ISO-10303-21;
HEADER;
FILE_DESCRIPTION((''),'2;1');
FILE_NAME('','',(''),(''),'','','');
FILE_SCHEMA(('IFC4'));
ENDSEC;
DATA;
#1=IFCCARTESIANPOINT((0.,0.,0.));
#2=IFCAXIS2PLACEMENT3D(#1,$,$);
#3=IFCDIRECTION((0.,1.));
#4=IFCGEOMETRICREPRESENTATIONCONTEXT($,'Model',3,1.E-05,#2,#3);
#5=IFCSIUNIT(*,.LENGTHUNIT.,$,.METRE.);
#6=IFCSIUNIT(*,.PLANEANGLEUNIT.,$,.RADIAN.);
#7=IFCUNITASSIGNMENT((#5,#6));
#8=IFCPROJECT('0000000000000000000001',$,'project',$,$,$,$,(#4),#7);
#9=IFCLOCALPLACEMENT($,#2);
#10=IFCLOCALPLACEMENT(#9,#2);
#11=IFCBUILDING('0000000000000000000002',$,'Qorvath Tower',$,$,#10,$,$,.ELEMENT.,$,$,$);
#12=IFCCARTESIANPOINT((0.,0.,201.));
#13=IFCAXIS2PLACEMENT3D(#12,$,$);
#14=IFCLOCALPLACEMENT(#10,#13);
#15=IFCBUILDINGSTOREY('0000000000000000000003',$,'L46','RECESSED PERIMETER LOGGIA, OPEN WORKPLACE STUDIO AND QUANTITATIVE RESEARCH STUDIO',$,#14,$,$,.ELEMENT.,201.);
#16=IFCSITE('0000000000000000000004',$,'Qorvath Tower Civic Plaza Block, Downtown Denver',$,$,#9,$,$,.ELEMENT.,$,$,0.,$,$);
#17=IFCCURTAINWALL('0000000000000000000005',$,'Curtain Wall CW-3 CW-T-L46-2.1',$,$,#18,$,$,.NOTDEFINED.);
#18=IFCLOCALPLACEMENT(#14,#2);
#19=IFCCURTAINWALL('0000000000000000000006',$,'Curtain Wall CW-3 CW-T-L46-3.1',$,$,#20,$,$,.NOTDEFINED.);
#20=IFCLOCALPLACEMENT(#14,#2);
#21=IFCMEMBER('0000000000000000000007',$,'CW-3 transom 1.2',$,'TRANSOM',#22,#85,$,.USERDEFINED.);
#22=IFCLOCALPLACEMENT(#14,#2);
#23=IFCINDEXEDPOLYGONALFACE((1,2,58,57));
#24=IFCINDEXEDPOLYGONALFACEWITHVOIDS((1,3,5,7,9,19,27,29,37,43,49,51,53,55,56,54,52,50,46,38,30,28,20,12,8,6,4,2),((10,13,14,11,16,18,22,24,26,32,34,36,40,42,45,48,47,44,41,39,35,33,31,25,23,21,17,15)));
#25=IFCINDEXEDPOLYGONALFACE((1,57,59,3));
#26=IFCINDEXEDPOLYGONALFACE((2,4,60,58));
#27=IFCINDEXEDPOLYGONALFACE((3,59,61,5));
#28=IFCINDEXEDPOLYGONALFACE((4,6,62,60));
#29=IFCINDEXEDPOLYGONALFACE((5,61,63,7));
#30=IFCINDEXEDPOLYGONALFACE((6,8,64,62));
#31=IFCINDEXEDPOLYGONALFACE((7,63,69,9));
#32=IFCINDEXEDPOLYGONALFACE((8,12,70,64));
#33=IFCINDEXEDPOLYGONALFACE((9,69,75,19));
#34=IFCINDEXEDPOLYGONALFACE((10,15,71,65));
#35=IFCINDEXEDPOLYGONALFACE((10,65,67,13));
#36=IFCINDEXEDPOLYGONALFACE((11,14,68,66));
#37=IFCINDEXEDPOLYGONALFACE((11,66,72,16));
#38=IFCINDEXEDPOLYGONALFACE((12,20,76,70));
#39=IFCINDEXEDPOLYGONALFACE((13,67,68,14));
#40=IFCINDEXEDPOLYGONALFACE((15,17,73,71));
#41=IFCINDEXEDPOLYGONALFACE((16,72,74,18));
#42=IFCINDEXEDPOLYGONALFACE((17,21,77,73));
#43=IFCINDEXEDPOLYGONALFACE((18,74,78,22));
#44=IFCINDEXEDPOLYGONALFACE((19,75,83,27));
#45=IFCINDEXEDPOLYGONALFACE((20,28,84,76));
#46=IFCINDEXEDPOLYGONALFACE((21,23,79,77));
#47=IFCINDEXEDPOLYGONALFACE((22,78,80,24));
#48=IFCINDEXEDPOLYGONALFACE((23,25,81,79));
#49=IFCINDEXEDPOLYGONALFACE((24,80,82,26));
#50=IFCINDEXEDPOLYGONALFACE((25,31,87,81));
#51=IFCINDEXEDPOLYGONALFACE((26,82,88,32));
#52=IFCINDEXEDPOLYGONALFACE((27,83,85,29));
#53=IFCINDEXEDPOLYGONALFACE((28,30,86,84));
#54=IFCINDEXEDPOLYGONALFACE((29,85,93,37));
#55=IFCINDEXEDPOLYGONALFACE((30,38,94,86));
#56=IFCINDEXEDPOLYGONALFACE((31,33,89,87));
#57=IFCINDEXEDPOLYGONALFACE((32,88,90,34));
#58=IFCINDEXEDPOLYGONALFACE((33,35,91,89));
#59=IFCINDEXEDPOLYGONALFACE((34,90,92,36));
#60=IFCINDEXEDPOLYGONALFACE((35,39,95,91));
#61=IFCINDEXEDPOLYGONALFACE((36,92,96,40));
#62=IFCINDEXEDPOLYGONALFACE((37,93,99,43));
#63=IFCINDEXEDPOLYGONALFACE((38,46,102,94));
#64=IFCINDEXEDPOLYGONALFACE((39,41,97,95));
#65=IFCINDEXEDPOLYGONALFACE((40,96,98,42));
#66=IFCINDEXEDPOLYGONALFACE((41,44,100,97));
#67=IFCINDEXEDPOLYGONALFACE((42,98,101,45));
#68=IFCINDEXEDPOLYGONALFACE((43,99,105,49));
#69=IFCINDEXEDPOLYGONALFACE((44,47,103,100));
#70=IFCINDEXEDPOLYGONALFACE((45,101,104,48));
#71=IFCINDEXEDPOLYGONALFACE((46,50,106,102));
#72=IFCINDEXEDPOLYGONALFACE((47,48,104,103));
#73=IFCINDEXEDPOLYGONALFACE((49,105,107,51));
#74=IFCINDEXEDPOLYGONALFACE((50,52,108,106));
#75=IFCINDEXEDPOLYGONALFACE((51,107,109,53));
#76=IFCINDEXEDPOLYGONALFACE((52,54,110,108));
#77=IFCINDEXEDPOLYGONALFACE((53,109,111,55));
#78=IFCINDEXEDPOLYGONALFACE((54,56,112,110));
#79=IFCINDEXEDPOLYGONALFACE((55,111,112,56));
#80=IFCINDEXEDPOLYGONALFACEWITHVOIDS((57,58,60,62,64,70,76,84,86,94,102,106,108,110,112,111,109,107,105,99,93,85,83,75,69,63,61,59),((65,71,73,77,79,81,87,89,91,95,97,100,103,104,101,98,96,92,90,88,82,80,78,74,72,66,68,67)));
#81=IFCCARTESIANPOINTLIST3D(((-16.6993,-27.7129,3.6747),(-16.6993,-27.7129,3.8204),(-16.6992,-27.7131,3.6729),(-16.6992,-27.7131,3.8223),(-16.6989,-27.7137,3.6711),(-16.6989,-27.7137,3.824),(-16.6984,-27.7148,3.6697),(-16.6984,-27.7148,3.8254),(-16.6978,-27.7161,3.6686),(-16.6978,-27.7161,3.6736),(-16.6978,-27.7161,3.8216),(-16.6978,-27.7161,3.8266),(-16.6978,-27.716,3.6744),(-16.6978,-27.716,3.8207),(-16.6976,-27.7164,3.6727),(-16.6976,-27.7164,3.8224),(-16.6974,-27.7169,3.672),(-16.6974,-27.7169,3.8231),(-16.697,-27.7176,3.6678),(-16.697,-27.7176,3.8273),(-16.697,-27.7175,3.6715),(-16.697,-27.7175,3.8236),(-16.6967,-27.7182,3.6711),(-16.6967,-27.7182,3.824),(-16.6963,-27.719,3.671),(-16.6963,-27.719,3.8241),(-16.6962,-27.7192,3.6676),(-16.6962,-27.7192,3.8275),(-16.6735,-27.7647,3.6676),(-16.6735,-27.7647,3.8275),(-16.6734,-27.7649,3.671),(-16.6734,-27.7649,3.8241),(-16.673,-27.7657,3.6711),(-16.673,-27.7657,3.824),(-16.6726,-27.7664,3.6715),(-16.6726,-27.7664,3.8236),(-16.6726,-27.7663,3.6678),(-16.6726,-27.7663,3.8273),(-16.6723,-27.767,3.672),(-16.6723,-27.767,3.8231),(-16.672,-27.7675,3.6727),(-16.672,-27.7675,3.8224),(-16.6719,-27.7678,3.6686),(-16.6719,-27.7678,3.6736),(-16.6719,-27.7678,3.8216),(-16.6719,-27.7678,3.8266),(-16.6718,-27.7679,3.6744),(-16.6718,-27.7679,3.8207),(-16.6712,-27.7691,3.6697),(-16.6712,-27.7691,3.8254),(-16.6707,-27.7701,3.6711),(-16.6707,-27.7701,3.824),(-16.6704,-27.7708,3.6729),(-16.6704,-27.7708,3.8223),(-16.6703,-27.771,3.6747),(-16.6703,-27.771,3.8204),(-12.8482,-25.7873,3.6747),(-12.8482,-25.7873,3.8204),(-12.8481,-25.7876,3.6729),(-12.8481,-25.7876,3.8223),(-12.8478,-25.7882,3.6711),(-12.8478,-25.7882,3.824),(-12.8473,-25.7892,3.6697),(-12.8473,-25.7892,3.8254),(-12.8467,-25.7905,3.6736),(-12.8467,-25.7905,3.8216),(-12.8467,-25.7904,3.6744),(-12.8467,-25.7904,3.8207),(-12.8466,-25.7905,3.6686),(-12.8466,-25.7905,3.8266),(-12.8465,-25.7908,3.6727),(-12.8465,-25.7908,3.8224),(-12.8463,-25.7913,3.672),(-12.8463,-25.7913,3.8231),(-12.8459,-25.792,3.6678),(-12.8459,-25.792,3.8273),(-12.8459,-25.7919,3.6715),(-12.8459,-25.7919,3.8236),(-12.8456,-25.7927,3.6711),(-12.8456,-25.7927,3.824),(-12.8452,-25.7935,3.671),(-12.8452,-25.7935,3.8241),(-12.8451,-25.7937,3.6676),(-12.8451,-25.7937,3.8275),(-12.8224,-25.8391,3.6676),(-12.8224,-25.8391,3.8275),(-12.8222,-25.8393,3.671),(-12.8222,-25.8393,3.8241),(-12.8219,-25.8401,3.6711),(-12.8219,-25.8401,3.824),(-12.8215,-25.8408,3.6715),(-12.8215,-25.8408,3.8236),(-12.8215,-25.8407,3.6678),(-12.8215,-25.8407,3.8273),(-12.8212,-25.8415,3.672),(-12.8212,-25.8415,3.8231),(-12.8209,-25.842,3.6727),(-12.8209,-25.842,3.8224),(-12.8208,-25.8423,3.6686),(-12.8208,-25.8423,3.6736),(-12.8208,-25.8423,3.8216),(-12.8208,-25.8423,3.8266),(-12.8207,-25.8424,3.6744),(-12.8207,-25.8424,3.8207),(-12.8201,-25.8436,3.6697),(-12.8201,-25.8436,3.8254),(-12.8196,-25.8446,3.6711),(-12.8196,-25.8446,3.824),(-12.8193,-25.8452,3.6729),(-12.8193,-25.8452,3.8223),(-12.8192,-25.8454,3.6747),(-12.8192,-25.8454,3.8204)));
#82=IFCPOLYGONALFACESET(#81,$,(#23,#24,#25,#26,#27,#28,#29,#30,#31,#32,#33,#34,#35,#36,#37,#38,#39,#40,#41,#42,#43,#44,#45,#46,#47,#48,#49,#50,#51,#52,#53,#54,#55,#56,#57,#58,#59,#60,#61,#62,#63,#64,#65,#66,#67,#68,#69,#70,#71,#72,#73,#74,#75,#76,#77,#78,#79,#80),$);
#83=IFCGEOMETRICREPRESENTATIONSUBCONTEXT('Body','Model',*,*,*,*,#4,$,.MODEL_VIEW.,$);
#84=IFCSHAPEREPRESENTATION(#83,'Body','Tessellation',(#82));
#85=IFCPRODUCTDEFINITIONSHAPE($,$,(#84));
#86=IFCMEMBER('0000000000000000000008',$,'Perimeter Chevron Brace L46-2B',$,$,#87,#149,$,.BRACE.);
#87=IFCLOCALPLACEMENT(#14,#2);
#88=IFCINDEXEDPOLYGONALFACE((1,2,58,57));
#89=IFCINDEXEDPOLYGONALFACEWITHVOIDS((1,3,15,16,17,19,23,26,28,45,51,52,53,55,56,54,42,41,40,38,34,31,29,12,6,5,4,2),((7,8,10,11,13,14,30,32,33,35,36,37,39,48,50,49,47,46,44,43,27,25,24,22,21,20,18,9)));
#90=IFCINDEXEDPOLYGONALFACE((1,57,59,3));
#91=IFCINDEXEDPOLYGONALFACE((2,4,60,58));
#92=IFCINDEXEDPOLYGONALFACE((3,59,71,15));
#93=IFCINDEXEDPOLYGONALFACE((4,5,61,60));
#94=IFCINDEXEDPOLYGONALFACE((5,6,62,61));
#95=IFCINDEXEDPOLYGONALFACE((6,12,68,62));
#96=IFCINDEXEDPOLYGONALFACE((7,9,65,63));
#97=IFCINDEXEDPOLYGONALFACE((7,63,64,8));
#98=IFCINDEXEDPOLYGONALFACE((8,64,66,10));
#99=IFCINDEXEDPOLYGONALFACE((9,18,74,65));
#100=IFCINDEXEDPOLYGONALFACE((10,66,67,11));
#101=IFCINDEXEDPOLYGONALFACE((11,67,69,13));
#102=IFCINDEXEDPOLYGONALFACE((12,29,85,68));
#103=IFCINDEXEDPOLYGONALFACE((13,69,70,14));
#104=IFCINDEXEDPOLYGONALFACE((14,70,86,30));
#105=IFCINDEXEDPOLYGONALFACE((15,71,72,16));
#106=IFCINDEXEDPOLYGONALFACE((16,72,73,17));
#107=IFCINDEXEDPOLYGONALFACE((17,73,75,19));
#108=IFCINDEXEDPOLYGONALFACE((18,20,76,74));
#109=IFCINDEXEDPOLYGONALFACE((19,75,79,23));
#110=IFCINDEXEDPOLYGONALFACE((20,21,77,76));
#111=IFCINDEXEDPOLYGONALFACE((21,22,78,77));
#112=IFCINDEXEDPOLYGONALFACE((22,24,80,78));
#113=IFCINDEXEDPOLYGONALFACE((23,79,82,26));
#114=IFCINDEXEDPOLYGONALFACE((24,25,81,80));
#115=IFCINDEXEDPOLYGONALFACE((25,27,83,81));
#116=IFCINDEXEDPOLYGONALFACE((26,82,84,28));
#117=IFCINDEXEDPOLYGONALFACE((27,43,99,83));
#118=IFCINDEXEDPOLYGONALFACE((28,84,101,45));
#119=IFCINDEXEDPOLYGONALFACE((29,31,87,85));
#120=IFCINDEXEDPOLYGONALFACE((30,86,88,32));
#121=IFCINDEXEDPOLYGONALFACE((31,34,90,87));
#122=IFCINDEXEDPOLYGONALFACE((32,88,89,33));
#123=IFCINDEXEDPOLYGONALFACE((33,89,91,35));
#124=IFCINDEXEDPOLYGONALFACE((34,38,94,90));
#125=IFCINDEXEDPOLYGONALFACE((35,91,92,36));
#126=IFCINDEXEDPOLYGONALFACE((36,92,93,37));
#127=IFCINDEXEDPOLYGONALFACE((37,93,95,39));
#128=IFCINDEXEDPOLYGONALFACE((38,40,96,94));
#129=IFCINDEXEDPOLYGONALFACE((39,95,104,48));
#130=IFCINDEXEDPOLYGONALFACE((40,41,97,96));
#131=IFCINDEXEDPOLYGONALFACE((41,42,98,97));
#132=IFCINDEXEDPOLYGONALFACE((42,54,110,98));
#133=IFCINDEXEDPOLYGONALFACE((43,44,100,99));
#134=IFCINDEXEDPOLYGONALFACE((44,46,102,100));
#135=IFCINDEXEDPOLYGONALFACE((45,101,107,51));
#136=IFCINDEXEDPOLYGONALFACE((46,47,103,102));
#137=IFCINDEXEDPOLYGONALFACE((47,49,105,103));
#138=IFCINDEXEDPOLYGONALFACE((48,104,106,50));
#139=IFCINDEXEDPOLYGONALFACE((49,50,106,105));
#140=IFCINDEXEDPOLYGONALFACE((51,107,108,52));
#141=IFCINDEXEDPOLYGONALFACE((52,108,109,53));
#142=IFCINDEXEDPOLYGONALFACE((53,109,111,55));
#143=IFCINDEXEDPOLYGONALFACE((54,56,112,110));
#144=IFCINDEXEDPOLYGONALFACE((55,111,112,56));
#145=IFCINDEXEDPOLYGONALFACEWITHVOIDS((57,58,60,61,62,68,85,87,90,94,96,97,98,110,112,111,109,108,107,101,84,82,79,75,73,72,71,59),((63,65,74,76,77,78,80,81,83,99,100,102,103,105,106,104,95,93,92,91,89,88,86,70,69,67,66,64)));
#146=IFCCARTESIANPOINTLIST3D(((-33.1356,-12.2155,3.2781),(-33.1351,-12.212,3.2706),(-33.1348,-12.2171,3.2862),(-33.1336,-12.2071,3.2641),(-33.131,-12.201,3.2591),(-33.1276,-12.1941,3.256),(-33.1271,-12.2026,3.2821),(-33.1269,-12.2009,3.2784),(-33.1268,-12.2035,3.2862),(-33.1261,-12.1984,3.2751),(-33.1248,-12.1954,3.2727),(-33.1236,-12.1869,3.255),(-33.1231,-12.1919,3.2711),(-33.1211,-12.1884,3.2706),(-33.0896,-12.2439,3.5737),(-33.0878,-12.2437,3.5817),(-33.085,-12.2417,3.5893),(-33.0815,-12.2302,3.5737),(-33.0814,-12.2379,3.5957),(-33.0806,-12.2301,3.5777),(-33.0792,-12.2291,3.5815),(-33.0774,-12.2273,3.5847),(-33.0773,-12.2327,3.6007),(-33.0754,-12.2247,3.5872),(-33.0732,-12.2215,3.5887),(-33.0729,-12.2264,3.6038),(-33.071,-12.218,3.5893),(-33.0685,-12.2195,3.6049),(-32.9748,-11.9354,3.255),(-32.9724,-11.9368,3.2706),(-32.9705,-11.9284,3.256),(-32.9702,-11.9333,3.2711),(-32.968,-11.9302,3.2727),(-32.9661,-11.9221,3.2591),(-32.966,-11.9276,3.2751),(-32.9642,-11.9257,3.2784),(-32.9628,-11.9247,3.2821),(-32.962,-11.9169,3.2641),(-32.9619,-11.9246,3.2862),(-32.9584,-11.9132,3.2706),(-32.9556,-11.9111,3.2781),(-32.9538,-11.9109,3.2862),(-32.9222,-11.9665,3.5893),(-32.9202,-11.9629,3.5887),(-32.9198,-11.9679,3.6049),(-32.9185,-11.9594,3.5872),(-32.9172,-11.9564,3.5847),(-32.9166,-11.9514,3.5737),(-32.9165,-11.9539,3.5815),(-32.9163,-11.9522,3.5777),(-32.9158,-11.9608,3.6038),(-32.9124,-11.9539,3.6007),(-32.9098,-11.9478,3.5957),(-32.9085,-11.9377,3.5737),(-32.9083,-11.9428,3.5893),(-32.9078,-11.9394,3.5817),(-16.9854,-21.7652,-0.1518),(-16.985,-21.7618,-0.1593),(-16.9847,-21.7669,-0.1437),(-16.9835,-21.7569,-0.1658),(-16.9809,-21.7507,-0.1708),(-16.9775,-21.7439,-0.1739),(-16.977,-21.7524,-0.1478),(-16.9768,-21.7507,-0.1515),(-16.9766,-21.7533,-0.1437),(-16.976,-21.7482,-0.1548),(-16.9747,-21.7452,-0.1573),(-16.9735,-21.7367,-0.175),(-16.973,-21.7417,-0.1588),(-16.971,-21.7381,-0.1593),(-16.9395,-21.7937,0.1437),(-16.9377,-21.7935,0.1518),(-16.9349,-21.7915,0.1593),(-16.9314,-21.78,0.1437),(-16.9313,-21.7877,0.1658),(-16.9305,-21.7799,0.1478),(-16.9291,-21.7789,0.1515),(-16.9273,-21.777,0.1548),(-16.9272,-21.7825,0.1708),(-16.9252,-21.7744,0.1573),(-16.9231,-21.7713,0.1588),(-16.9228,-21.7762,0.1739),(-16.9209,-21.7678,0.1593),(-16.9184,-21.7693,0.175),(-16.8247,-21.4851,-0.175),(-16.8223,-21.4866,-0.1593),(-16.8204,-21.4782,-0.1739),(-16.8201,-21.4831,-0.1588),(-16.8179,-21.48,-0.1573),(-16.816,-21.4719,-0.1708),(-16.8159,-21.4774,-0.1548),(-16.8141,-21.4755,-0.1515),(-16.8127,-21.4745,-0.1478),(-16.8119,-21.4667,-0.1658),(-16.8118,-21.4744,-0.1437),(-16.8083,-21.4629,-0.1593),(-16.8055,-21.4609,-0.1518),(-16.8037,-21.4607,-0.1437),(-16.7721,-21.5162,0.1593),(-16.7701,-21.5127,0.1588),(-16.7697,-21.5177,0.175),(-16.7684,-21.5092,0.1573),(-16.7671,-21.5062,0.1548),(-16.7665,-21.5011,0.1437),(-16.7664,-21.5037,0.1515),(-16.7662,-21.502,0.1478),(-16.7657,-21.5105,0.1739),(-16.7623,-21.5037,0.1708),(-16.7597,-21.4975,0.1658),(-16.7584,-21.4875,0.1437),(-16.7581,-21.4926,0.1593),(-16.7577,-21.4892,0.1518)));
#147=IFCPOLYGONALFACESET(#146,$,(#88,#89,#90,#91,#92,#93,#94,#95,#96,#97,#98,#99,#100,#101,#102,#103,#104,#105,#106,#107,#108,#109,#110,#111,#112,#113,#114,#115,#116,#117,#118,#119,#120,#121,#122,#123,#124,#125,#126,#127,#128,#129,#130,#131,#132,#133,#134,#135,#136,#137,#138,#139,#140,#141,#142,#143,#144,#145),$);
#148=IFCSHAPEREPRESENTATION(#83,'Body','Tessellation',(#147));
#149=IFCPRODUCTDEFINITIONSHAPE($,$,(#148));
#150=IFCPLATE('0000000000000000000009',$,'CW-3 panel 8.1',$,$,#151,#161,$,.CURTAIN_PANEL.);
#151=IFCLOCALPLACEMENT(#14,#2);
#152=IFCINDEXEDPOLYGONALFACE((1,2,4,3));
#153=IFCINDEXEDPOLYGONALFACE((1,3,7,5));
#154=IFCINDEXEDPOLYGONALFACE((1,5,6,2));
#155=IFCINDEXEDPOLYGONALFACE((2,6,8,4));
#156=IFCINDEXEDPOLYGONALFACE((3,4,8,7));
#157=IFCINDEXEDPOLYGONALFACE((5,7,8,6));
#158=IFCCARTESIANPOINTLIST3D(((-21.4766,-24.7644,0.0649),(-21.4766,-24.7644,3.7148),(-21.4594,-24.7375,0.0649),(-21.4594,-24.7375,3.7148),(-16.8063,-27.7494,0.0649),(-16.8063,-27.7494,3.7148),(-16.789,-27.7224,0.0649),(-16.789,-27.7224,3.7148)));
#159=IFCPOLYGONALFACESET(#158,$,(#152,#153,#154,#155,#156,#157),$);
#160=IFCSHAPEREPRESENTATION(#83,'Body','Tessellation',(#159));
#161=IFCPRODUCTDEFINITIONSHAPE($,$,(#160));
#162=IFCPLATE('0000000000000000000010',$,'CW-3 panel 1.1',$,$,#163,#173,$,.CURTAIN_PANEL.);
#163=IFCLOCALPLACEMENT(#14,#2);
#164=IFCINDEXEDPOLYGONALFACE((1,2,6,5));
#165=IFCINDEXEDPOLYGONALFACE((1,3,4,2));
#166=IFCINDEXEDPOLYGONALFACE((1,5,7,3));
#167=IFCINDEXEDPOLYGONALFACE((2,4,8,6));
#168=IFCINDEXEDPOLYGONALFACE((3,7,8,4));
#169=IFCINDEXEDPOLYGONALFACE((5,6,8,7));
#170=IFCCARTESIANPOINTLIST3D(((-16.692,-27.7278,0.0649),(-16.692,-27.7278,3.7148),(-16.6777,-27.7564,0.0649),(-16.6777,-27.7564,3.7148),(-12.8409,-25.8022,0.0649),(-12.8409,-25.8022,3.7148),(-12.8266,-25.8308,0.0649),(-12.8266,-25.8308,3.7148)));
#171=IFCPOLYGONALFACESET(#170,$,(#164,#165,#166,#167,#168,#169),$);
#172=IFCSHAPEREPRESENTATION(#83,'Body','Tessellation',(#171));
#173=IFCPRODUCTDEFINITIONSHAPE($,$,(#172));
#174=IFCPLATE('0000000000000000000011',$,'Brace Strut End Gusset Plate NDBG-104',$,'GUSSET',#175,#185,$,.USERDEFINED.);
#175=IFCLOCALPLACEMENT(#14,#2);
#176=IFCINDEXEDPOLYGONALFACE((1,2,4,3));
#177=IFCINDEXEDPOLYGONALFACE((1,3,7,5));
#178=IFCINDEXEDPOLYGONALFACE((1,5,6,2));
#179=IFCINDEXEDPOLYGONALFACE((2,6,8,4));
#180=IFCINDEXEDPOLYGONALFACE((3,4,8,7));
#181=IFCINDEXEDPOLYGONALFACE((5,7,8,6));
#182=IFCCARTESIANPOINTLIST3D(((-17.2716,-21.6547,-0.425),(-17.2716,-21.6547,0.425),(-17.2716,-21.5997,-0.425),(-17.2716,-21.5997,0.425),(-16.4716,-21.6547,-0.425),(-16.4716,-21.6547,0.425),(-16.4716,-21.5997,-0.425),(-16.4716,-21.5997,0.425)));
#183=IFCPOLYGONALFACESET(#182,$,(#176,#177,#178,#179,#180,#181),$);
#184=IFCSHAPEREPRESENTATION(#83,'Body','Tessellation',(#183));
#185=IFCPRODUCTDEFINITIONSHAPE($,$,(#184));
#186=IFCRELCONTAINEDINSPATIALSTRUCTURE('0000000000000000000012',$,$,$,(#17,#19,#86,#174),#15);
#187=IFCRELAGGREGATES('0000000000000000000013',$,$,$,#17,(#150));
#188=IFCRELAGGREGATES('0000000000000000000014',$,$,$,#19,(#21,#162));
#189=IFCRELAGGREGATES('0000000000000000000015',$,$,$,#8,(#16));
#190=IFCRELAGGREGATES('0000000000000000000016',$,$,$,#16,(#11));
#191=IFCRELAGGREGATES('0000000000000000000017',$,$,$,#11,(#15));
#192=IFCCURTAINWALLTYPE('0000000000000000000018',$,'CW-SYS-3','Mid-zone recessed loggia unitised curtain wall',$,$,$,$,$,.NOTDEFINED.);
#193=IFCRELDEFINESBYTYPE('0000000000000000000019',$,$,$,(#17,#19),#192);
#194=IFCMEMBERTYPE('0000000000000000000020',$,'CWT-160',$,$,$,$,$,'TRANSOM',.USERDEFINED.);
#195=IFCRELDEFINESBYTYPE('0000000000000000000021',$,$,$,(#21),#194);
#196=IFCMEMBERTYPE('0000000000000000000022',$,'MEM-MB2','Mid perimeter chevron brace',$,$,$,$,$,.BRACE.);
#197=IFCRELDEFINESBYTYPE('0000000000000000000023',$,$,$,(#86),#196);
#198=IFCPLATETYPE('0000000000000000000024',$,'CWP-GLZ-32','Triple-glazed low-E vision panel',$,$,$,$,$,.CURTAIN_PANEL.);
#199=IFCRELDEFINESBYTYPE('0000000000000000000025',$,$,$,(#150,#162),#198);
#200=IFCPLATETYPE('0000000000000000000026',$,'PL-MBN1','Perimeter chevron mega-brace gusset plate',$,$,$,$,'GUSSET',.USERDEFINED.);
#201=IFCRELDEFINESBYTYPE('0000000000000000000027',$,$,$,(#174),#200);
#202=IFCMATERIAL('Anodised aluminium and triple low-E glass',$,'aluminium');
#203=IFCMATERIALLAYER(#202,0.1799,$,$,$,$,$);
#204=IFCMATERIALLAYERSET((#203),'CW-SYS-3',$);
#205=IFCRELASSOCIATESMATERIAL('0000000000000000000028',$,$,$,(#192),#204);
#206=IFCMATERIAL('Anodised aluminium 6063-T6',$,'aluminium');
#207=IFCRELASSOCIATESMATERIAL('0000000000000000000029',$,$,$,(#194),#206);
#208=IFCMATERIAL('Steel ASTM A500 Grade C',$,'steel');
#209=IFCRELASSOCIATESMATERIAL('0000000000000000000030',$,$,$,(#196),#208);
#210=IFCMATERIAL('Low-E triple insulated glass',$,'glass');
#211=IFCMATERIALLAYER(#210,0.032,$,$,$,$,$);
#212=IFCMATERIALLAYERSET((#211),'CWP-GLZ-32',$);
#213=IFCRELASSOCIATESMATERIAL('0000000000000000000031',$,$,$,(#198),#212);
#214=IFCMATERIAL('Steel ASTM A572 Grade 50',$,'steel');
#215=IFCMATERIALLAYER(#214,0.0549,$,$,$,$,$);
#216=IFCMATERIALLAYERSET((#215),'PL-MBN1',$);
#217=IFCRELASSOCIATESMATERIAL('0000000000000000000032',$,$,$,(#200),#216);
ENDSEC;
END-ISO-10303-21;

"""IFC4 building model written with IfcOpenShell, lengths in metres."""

from ifc_helpers import new_model, si_unit, direction, frame, origin, origin_2d, place, context, subcontext, project, spatial, rectangle, hollow_rectangle, extrude, material, layer, layer_set, material_profile, profile_set, type_object, element, aggregate, save


model = new_model("IFC4")

# Units and contexts
model_context = context("Model", 3, precision=1e-05, world=origin(), true_north=direction((0.0, 1.0)))
body_context = subcontext(model_context, "Body", "Model", "MODEL_VIEW")
ifc_project = project(units=[si_unit("LENGTHUNIT", "METRE"), si_unit("PLANEANGLEUNIT", "RADIAN")], contexts=[model_context])

# Site, building, storey
site_placement = place(None, origin())
site = spatial("IfcSite", under=ifc_project, at=site_placement, Name="Qorvath Tower Civic Plaza Block, Downtown Denver", CompositionType="ELEMENT", RefElevation=0.0)
building_placement = place(site_placement, origin())
building = spatial("IfcBuilding", under=site, at=building_placement, Name="Qorvath Tower", CompositionType="ELEMENT")
storey_placement = place(building_placement, frame((0.0, 0.0, 201.0)))
storey = spatial("IfcBuildingStorey", under=building, at=storey_placement, Name="L46", Description="RECESSED PERIMETER LOGGIA, OPEN WORKPLACE STUDIO AND QUANTITATIVE RESEARCH STUDIO", CompositionType="ELEMENT", Elevation=201.0)

# Curtain walls
ifc_material_1 = material(Name="Anodised aluminium and triple low-E glass", Category="aluminium")
ifc_layer_1 = layer(ifc_material_1, 0.1799)
ifc_layer_set_1 = layer_set([ifc_layer_1], Name="CW-SYS-3")
curtain_wall_type = type_object("IfcCurtainWallType", Name="CW-SYS-3", Description="Mid-zone recessed loggia unitised curtain wall", PredefinedType="NOTDEFINED", material=ifc_layer_set_1)
curtain_wall_1_placement = place(storey_placement, origin())
curtain_wall_1 = element("IfcCurtainWall", 1, at=curtain_wall_1_placement, inside=storey, type_object=curtain_wall_type, Name="Curtain Wall CW-3 CW-T-L46-2.1", PredefinedType="NOTDEFINED")
curtain_wall_2_placement = place(storey_placement, origin())
curtain_wall_2 = element("IfcCurtainWall", 2, at=curtain_wall_2_placement, inside=storey, type_object=curtain_wall_type, Name="Curtain Wall CW-3 CW-T-L46-3.1", PredefinedType="NOTDEFINED")

# Members
ifc_material_2 = material(Name="Anodised aluminium 6063-T6", Category="aluminium")
ifc_material_profile_1 = material_profile(ifc_material_2, hollow_rectangle(XDim=0.0649, YDim=0.1599, WallThickness=0.0034, InnerFilletRadius=0.0034, OuterFilletRadius=0.0071, at=origin_2d()), Name="CWT 160x65")
ifc_profile_set_1 = profile_set([ifc_material_profile_1], Name="Anodised aluminium 6063-T6")
member_type_1 = type_object("IfcMemberType", Name="CWT-160", ElementType="TRANSOM", PredefinedType="USERDEFINED", material=ifc_profile_set_1)
member_1_placement = place(storey_placement, frame((-16.6848, -27.7419, 3.7476), z_axis=(0.894427, 0.447214, 0.0), x_axis=(-0.447214, 0.894427, 0.0)))
member_1 = element("IfcMember", 3, at=member_1_placement, type_object=member_type_1, Name="CW-3 transom 1.2", ObjectType="TRANSOM", PredefinedType="USERDEFINED", context=body_context, shape_type="SweptSolid", body=[
    extrude(hollow_rectangle(XDim=0.0649, YDim=0.1599, WallThickness=0.0034, InnerFilletRadius=0.0034, OuterFilletRadius=0.0071, at=origin_2d()), origin(), (0.0, 0.0, 1.0), 4.3057),
])
ifc_material_3 = material(Name="Steel ASTM A500 Grade C", Category="steel")
ifc_material_profile_2 = material_profile(ifc_material_3, hollow_rectangle(XDim=0.3557, YDim=0.3557, WallThickness=0.0159, InnerFilletRadius=0.0159, OuterFilletRadius=0.0317, at=origin_2d()), Name="HSS 356x356x16")
ifc_profile_set_2 = profile_set([ifc_material_profile_2], Name="Steel ASTM A500 Grade C")
member_type_2 = type_object("IfcMemberType", Name="MEM-MB2", Description="Mid perimeter chevron brace", PredefinedType="BRACE", material=ifc_profile_set_2)
member_2_placement = place(storey_placement, frame((-16.8716, -21.6272, 0.0), z_axis=(-0.846741, 0.50069, 0.179829), x_axis=(-0.508988, -0.860774, 0.0)))
element("IfcMember", 4, at=member_2_placement, inside=storey, type_object=member_type_2, Name="Perimeter Chevron Brace L46-2B", PredefinedType="BRACE", context=body_context, shape_type="SweptSolid", body=[
    extrude(hollow_rectangle(XDim=0.3557, YDim=0.3557, WallThickness=0.0159, InnerFilletRadius=0.0159, OuterFilletRadius=0.0317, at=origin_2d()), origin(), (0.0, 0.0, 1.0), 19.0732),
])

# Plates
ifc_material_4 = material(Name="Low-E triple insulated glass", Category="glass")
ifc_layer_2 = layer(ifc_material_4, 0.032)
ifc_layer_set_2 = layer_set([ifc_layer_2], Name="CWP-GLZ-32")
plate_type_1 = type_object("IfcPlateType", Name="CWP-GLZ-32", Description="Triple-glazed low-E vision panel", PredefinedType="CURTAIN_PANEL", material=ifc_layer_set_2)
plate_1_placement = place(storey_placement, frame((-19.1328, -26.2434, 0.0649), z_axis=(0.0, 0.0, 1.0), x_axis=(0.842604, -0.538534, 0.0)))
plate_1 = element("IfcPlate", 5, at=plate_1_placement, type_object=plate_type_1, Name="CW-3 panel 8.1", PredefinedType="CURTAIN_PANEL", context=body_context, shape_type="SweptSolid", body=[
    extrude(rectangle(XDim=5.5427, YDim=0.032, at=origin_2d()), origin(), (0.0, 0.0, 1.0), 3.6499),
])
aggregate(curtain_wall_1, [plate_1])
plate_2_placement = place(storey_placement, frame((-14.7593, -26.7793, 0.0649), z_axis=(0.0, 0.0, 1.0), x_axis=(0.894432, 0.447205, 0.0)))
plate_2 = element("IfcPlate", 6, at=plate_2_placement, type_object=plate_type_1, Name="CW-3 panel 1.1", PredefinedType="CURTAIN_PANEL", context=body_context, shape_type="SweptSolid", body=[
    extrude(rectangle(XDim=4.3057, YDim=0.032, at=origin_2d()), origin(), (0.0, 0.0, 1.0), 3.6499),
])
aggregate(curtain_wall_2, [member_1, plate_2])
ifc_material_5 = material(Name="Steel ASTM A572 Grade 50", Category="steel")
ifc_layer_3 = layer(ifc_material_5, 0.0549)
ifc_layer_set_3 = layer_set([ifc_layer_3], Name="PL-MBN1")
plate_type_2 = type_object("IfcPlateType", Name="PL-MBN1", Description="Perimeter chevron mega-brace gusset plate", ElementType="GUSSET", PredefinedType="USERDEFINED", material=ifc_layer_set_3)
plate_3_placement = place(storey_placement, frame((-16.8716, -21.6272, -0.425), z_axis=(0.0, 0.0, 1.0), x_axis=(1.0, 0.0, 0.0)))
element("IfcPlate", 7, at=plate_3_placement, inside=storey, type_object=plate_type_2, Name="Brace Strut End Gusset Plate NDBG-104", ObjectType="GUSSET", PredefinedType="USERDEFINED", context=body_context, shape_type="SweptSolid", body=[
    extrude(rectangle(XDim=0.8, YDim=0.0549, at=origin_2d()), origin(), (0.0, 0.0, 1.0), 0.8501),
])

save(model, "model.ifc")
